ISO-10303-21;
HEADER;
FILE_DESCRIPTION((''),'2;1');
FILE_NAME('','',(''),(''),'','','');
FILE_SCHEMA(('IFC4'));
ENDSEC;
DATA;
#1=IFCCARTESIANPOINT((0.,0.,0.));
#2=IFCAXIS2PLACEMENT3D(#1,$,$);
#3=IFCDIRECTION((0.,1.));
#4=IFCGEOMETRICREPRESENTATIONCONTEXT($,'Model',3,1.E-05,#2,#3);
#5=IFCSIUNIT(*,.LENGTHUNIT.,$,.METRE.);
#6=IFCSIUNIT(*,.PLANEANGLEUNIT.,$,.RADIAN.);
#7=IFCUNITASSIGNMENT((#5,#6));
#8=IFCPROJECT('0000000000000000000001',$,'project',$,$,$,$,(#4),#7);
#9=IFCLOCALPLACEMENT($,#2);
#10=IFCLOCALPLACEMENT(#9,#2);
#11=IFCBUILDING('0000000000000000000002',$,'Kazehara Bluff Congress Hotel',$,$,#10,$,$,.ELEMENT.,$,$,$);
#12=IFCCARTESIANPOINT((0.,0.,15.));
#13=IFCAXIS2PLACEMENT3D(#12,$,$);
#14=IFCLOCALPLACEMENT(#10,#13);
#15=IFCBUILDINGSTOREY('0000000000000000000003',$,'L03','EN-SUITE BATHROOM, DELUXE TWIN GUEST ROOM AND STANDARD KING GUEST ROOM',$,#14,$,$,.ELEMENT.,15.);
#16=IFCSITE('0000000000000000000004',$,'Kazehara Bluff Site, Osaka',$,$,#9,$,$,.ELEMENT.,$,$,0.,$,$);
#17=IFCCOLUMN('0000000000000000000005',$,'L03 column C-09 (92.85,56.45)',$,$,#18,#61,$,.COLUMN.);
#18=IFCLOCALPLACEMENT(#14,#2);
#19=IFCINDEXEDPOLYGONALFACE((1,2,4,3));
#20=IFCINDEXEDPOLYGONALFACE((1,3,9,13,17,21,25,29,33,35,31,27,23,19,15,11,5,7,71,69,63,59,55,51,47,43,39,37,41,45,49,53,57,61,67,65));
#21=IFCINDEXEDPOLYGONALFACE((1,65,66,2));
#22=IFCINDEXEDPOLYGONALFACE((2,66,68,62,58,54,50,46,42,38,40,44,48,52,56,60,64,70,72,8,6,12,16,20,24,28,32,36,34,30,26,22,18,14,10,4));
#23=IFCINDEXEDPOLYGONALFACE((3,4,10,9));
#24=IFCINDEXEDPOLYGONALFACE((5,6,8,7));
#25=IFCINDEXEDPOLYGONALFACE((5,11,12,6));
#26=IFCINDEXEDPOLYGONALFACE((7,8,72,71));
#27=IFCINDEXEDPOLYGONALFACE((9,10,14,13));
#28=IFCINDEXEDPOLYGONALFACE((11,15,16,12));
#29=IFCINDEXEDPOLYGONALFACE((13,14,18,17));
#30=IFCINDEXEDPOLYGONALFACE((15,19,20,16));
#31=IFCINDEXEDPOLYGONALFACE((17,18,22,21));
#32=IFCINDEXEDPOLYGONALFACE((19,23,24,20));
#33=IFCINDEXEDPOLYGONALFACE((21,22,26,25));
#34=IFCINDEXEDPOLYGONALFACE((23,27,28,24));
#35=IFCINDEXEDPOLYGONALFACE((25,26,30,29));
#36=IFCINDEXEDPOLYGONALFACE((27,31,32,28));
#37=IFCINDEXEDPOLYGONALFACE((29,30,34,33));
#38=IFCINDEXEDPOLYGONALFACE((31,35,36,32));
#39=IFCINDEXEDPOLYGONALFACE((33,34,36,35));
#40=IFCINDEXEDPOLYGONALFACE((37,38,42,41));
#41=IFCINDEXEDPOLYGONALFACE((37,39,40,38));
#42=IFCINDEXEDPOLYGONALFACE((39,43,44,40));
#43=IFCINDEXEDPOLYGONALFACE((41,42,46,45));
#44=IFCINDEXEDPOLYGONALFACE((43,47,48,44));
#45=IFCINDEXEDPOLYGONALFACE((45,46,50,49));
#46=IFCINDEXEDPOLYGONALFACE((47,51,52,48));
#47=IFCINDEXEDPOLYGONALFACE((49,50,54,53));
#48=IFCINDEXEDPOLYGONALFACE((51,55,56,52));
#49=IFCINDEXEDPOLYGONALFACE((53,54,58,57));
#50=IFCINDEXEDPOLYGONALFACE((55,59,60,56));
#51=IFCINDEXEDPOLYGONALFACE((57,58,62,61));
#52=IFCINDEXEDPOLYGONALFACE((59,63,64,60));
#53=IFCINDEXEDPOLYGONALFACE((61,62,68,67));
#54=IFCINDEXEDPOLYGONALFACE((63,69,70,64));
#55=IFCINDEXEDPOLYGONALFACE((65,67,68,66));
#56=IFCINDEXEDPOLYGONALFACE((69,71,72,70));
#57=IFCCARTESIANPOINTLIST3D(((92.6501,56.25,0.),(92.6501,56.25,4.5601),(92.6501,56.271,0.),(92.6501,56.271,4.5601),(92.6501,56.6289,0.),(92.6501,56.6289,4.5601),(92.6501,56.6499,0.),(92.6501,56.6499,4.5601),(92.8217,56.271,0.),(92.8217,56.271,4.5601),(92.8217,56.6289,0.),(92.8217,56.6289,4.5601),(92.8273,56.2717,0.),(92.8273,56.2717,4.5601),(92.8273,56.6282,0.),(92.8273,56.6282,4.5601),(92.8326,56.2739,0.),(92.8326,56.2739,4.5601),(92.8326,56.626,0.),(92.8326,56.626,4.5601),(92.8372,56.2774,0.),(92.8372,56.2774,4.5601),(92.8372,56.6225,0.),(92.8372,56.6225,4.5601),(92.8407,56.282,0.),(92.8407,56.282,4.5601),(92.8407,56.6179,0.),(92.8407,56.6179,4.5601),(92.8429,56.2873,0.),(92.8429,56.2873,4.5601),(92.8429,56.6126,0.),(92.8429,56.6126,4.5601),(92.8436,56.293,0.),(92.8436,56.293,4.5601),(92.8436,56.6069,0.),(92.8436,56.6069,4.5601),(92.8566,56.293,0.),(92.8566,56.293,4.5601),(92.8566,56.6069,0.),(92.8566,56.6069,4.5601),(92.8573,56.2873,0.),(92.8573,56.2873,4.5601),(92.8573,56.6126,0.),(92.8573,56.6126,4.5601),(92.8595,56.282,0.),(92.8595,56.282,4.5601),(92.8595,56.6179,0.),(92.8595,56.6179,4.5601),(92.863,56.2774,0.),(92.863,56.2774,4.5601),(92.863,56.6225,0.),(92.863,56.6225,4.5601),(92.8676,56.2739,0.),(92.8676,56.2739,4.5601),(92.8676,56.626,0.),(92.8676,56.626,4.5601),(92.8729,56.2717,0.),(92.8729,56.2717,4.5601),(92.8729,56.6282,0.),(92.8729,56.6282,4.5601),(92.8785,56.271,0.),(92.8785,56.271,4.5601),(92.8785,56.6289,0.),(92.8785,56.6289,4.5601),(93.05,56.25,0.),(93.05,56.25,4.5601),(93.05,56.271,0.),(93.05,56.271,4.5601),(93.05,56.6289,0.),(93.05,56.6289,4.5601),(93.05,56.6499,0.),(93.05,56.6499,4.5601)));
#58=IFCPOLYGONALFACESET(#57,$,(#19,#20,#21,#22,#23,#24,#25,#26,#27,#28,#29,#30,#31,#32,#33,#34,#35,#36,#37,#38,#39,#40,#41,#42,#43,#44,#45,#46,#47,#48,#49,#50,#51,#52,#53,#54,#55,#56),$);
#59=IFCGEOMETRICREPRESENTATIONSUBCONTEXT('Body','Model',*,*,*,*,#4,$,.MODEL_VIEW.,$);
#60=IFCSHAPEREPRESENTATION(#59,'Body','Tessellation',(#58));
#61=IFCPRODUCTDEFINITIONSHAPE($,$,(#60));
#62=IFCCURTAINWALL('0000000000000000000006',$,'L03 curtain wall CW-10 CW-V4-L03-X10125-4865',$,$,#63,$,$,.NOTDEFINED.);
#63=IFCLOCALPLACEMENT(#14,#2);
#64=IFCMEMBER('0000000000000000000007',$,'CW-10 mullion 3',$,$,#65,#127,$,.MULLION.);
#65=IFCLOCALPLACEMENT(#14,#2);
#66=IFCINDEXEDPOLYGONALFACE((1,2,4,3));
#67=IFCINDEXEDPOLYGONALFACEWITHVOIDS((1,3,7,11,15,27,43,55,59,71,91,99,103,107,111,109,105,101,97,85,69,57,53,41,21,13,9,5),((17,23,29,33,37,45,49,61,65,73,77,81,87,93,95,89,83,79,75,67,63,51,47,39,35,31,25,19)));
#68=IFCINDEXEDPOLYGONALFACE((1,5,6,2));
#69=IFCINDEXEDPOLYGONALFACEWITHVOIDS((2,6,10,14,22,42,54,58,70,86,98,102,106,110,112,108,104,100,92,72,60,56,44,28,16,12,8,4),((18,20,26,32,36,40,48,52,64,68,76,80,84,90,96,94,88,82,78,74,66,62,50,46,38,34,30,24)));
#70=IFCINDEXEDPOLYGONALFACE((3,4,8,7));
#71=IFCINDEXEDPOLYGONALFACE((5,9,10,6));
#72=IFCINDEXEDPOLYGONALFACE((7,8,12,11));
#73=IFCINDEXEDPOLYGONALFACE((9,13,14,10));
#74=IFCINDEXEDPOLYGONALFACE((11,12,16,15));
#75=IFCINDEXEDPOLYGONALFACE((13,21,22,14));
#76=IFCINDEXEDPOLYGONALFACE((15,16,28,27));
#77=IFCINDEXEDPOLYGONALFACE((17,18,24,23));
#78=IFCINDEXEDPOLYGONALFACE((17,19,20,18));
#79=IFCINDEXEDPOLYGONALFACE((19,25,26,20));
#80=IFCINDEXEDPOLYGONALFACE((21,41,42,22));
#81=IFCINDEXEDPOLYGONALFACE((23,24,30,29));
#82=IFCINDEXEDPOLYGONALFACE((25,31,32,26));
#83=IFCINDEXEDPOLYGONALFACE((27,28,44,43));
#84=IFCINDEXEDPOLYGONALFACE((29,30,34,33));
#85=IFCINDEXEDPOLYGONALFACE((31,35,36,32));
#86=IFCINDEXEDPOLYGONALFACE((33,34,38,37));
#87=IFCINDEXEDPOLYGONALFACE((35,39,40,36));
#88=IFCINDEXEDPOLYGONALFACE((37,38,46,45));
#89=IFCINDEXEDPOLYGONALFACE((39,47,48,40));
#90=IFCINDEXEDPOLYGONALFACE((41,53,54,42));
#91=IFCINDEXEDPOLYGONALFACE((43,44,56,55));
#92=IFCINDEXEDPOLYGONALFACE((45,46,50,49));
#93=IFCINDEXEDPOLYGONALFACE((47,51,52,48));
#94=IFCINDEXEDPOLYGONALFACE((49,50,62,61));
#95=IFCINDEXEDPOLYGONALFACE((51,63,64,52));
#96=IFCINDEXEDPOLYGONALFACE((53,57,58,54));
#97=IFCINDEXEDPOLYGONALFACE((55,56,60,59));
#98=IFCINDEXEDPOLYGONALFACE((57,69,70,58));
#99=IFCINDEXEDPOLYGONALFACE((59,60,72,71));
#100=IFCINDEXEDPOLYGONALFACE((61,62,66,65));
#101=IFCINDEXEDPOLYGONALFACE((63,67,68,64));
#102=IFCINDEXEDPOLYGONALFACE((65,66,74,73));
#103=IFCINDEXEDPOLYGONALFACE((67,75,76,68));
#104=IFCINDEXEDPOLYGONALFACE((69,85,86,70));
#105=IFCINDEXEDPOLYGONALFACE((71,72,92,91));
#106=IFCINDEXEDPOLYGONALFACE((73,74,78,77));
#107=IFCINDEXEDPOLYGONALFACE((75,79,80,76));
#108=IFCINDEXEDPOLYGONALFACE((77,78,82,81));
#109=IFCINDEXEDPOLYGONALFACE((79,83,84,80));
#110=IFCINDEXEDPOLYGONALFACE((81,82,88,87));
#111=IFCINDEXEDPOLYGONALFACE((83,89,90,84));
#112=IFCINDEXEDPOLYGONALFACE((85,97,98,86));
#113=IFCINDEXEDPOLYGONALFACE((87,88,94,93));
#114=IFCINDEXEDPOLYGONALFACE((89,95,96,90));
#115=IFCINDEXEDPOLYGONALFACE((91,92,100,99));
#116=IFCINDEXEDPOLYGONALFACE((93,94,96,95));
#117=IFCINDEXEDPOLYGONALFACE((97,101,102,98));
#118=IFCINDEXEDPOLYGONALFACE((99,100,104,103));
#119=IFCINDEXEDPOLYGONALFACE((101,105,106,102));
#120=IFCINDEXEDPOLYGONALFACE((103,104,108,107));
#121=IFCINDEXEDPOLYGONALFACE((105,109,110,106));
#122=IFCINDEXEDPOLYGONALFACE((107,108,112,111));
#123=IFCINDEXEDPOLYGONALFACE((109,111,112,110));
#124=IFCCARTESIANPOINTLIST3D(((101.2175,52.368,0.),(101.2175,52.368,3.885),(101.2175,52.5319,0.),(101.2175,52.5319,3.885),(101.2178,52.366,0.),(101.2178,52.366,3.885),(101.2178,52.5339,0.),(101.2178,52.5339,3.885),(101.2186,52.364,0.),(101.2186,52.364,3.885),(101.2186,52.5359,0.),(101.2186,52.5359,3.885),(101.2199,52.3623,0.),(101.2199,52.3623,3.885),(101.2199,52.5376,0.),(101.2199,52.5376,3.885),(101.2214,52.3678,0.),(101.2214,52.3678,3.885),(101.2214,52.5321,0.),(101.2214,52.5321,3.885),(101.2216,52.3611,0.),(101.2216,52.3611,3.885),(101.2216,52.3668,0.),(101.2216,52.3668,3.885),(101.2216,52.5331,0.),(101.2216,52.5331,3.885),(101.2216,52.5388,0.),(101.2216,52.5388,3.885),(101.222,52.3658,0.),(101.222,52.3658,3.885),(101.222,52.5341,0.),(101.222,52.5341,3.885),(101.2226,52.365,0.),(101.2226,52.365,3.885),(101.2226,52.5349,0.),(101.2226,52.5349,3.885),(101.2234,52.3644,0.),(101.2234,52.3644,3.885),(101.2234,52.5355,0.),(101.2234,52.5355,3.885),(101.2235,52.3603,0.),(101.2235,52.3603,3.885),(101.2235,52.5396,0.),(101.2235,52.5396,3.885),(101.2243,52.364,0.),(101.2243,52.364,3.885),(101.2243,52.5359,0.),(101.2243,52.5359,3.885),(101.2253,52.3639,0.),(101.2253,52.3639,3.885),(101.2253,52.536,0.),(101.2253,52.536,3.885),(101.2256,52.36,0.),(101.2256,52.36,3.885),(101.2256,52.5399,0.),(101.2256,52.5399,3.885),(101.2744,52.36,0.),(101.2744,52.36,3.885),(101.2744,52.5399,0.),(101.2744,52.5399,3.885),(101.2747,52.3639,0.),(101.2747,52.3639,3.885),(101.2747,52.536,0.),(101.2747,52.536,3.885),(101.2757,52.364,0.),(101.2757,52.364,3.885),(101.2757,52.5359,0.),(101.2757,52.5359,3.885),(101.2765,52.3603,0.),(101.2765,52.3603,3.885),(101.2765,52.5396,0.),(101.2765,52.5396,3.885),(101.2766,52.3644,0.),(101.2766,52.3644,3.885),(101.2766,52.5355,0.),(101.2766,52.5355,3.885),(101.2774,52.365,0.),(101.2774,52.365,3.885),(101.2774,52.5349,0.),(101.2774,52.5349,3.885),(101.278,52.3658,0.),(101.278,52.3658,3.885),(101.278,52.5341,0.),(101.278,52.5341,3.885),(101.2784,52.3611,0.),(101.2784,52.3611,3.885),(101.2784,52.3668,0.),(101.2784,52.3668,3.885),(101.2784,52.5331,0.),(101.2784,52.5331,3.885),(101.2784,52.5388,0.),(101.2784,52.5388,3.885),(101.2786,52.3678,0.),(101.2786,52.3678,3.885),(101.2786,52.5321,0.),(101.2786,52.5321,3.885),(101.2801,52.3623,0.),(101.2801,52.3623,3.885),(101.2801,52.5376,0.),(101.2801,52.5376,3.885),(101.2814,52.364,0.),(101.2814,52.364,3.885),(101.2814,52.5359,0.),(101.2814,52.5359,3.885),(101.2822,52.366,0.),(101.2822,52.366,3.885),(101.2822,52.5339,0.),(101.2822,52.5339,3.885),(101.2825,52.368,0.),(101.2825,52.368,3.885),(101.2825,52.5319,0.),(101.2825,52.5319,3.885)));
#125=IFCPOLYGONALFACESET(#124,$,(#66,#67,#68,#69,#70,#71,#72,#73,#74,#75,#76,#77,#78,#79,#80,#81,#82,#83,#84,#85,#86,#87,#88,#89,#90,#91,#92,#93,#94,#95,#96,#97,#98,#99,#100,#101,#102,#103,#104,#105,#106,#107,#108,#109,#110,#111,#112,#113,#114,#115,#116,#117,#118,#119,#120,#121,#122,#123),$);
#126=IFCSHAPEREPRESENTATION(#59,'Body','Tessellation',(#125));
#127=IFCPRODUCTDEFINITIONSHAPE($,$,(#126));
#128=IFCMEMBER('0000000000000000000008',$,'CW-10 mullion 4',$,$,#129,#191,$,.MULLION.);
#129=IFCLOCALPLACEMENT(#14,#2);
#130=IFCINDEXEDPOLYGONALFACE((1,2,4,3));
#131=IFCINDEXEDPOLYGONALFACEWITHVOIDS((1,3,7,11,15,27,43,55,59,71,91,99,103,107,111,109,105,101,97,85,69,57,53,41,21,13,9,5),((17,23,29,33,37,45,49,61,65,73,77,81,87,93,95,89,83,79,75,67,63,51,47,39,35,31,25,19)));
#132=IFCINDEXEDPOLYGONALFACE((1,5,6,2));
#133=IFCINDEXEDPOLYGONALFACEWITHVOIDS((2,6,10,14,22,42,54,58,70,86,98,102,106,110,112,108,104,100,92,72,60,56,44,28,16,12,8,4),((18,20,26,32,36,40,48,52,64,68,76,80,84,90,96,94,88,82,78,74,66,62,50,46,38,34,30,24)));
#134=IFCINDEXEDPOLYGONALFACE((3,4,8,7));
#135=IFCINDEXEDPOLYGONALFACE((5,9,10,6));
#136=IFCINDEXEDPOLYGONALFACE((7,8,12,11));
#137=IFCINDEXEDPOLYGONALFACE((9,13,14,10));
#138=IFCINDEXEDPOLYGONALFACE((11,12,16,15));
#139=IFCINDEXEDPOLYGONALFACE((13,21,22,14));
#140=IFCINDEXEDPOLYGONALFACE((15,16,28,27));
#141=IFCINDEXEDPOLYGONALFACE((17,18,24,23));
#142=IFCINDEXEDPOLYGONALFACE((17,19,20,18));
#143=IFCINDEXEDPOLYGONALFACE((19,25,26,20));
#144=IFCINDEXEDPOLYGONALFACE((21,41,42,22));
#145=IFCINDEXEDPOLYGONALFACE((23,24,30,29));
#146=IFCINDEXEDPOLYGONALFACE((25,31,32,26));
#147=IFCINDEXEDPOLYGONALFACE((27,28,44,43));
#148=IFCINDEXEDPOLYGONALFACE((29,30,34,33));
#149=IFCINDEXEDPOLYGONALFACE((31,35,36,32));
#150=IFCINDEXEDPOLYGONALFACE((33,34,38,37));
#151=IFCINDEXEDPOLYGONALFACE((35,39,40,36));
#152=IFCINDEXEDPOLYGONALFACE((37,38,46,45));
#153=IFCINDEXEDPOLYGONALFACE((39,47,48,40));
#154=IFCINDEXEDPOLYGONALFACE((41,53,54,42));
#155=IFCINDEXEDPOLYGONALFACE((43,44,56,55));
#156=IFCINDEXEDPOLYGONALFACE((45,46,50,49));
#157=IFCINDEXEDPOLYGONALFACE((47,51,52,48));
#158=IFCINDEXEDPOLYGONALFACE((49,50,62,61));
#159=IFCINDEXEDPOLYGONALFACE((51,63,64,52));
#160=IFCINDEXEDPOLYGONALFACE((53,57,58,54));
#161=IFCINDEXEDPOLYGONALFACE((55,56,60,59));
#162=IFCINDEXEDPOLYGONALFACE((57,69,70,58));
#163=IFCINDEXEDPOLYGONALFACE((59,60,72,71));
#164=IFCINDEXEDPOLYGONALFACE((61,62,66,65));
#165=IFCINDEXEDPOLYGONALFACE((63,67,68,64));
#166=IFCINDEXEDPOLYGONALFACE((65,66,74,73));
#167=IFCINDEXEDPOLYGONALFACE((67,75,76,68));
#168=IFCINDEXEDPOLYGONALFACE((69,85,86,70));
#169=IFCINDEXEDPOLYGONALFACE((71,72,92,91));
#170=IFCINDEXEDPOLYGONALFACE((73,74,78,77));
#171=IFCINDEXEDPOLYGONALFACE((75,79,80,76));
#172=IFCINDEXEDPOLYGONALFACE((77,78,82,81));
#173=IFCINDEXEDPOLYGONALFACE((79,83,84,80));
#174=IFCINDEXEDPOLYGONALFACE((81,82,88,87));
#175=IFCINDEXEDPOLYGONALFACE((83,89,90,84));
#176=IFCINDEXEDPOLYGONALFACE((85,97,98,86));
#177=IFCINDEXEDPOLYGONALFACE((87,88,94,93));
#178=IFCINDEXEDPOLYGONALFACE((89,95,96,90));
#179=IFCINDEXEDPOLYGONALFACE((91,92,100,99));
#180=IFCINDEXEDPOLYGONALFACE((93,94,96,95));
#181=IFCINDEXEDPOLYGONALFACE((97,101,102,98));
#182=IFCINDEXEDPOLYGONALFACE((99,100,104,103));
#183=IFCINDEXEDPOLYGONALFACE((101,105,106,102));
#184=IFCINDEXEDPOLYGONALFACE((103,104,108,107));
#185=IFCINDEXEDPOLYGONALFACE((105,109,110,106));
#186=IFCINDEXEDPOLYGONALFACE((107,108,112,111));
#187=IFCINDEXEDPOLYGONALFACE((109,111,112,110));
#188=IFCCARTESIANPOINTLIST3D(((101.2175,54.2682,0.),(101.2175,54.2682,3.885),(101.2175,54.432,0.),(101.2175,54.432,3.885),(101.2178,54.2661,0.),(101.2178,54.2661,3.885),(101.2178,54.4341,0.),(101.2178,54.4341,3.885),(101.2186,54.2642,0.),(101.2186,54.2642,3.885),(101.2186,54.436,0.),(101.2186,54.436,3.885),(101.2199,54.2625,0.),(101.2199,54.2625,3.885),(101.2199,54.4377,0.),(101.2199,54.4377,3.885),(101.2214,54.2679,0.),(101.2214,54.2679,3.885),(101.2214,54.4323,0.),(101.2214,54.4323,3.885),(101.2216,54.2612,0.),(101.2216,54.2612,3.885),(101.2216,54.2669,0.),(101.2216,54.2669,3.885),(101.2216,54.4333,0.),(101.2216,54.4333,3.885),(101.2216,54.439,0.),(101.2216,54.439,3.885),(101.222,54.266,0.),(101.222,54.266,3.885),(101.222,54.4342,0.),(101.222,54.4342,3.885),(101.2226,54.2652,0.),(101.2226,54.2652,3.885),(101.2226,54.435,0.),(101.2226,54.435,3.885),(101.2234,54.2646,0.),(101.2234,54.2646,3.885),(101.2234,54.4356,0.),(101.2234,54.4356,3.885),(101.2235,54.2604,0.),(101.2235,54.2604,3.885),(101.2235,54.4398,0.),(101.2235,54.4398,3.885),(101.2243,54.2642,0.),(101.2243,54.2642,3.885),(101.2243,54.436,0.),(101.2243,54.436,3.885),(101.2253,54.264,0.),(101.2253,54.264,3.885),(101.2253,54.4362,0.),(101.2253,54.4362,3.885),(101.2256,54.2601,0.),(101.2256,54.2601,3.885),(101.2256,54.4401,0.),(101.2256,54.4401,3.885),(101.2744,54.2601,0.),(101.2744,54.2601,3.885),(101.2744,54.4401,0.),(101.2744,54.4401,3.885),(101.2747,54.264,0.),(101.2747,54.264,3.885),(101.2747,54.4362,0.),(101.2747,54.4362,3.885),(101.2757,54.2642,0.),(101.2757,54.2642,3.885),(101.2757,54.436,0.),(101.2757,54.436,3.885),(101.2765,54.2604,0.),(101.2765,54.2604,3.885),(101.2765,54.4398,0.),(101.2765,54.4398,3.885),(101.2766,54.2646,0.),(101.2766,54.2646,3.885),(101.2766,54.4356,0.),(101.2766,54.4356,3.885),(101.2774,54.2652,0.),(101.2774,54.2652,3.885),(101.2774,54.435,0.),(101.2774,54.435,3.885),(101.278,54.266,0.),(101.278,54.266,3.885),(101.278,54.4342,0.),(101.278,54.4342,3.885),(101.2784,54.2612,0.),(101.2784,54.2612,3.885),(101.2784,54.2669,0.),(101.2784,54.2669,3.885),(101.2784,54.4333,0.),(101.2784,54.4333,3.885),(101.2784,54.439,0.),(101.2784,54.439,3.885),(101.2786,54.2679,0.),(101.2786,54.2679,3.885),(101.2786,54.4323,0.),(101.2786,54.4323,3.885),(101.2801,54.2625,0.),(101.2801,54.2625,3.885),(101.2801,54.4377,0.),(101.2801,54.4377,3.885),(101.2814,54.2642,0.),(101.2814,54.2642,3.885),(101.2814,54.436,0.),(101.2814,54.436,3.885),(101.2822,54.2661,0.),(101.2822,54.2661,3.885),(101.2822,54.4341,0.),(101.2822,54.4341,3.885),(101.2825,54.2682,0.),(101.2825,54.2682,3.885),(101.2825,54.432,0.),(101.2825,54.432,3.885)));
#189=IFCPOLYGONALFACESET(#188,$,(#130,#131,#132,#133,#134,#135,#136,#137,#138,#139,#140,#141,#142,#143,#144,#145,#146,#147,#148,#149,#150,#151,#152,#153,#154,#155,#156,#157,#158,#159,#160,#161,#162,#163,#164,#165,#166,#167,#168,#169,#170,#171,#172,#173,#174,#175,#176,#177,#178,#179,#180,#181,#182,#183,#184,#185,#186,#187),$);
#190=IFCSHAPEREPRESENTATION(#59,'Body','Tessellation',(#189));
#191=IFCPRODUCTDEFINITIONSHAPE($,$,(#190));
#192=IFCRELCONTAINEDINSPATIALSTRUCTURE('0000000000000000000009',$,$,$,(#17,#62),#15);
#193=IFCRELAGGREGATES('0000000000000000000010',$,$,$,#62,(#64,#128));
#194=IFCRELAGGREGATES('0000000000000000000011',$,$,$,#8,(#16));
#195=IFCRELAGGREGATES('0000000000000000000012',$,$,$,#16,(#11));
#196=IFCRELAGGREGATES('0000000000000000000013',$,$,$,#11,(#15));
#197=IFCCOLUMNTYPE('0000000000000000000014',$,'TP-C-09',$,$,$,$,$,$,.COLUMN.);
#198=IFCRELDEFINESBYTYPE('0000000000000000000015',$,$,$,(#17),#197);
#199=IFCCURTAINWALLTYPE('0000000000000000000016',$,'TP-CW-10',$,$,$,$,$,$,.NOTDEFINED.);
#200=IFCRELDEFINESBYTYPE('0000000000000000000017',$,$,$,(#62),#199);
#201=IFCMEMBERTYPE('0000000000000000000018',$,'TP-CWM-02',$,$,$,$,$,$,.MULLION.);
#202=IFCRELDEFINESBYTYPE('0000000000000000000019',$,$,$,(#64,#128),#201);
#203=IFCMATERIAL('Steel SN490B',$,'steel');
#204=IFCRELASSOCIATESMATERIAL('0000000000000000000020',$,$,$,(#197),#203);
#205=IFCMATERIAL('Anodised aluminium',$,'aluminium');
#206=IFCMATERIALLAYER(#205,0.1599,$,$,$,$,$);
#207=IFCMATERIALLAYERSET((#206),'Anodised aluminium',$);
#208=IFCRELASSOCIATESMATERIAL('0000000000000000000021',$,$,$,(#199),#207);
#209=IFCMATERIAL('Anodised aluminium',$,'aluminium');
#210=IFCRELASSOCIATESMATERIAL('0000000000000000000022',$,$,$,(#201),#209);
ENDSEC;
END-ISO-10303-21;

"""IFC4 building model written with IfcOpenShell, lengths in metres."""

from ifc_helpers import new_model, si_unit, direction, frame, origin, origin_2d, place, context, subcontext, project, spatial, hollow_rectangle, i_section, extrude, material, layer, layer_set, material_profile, profile_set, type_object, element, aggregate, save


model = new_model("IFC4")

# Units and contexts
model_context = context("Model", 3, precision=1e-05, world=origin(), true_north=direction((0.0, 1.0)))
body_context = subcontext(model_context, "Body", "Model", "MODEL_VIEW")
ifc_project = project(units=[si_unit("LENGTHUNIT", "METRE"), si_unit("PLANEANGLEUNIT", "RADIAN")], contexts=[model_context])

# Site, building, storey
site_placement = place(None, origin())
site = spatial("IfcSite", under=ifc_project, at=site_placement, Name="Kazehara Bluff Site, Osaka", CompositionType="ELEMENT", RefElevation=0.0)
building_placement = place(site_placement, origin())
building = spatial("IfcBuilding", under=site, at=building_placement, Name="Kazehara Bluff Congress Hotel", CompositionType="ELEMENT")
storey_placement = place(building_placement, frame((0.0, 0.0, 15.0)))
storey = spatial("IfcBuildingStorey", under=building, at=storey_placement, Name="L03", Description="EN-SUITE BATHROOM, DELUXE TWIN GUEST ROOM AND STANDARD KING GUEST ROOM", CompositionType="ELEMENT", Elevation=15.0)

# Column
ifc_material_1 = material(Name="Steel SN490B", Category="steel")
ifc_material_profile_1 = material_profile(ifc_material_1, i_section(OverallWidth=0.3999, OverallDepth=0.3999, WebThickness=0.0129, FlangeThickness=0.021, FilletRadius=0.022, at=origin_2d()))
ifc_profile_set_1 = profile_set([ifc_material_profile_1], Name="Steel SN490B")
column_type = type_object("IfcColumnType", Name="TP-C-09", PredefinedType="COLUMN", material=ifc_profile_set_1)
column_placement = place(storey_placement, frame((92.8501, 56.45, 0.0), z_axis=(0.0, 0.0, 1.0), x_axis=(1.0, 0.0, 0.0)))
element("IfcColumn", 1, at=column_placement, inside=storey, type_object=column_type, Name="L03 column C-09 (92.85,56.45)", PredefinedType="COLUMN", context=body_context, shape_type="SweptSolid", body=[
    extrude(i_section(OverallWidth=0.3999, OverallDepth=0.3999, WebThickness=0.0129, FlangeThickness=0.021, FilletRadius=0.022, at=origin_2d()), origin(), (0.0, 0.0, 1.0), 4.5601),
])

# Curtain wall, members
ifc_material_2 = material(Name="Anodised aluminium", Category="aluminium")
ifc_layer_1 = layer(ifc_material_2, 0.1599)
ifc_layer_set_1 = layer_set([ifc_layer_1], Name="Anodised aluminium")
curtain_wall_type_1 = type_object("IfcCurtainWallType", Name="TP-CW-10", PredefinedType="NOTDEFINED", material=ifc_layer_set_1)
curtain_wall_1_placement = place(storey_placement, origin())
curtain_wall_1 = element("IfcCurtainWall", 2, at=curtain_wall_1_placement, inside=storey, type_object=curtain_wall_type_1, Name="L03 curtain wall CW-10 CW-V4-L03-X10125-4865", PredefinedType="NOTDEFINED")
ifc_material_3 = material(Name="Anodised aluminium", Category="aluminium")
ifc_material_profile_2 = material_profile(ifc_material_3, hollow_rectangle(XDim=0.0649, YDim=0.1799, WallThickness=0.0039, InnerFilletRadius=0.0039, OuterFilletRadius=0.0081, at=origin_2d()))
ifc_profile_set_2 = profile_set([ifc_material_profile_2], Name="Anodised aluminium")
member_type_1 = type_object("IfcMemberType", Name="TP-CWM-02", PredefinedType="MULLION", material=ifc_profile_set_2)
member_1_placement = place(storey_placement, frame((101.25, 52.45, 0.0), z_axis=(0.0, 0.0, 1.0), x_axis=(-1.0, 0.0, 0.0)))
member_1 = element("IfcMember", 3, at=member_1_placement, type_object=member_type_1, Name="CW-10 mullion 3", PredefinedType="MULLION", context=body_context, shape_type="SweptSolid", body=[
    extrude(hollow_rectangle(XDim=0.0649, YDim=0.1799, WallThickness=0.0039, InnerFilletRadius=0.0039, OuterFilletRadius=0.0081, at=origin_2d()), origin(), (0.0, 0.0, 1.0), 3.885),
])
member_2_placement = place(storey_placement, frame((101.25, 54.3501, 0.0), z_axis=(0.0, 0.0, 1.0), x_axis=(-1.0, 0.0, 0.0)))
member_2 = element("IfcMember", 4, at=member_2_placement, type_object=member_type_1, Name="CW-10 mullion 4", PredefinedType="MULLION", context=body_context, shape_type="SweptSolid", body=[
    extrude(hollow_rectangle(XDim=0.0649, YDim=0.1799, WallThickness=0.0039, InnerFilletRadius=0.0039, OuterFilletRadius=0.0081, at=origin_2d()), origin(), (0.0, 0.0, 1.0), 3.885),
])

aggregate(curtain_wall_1, [member_1, member_2])

save(model, "model.ifc")
